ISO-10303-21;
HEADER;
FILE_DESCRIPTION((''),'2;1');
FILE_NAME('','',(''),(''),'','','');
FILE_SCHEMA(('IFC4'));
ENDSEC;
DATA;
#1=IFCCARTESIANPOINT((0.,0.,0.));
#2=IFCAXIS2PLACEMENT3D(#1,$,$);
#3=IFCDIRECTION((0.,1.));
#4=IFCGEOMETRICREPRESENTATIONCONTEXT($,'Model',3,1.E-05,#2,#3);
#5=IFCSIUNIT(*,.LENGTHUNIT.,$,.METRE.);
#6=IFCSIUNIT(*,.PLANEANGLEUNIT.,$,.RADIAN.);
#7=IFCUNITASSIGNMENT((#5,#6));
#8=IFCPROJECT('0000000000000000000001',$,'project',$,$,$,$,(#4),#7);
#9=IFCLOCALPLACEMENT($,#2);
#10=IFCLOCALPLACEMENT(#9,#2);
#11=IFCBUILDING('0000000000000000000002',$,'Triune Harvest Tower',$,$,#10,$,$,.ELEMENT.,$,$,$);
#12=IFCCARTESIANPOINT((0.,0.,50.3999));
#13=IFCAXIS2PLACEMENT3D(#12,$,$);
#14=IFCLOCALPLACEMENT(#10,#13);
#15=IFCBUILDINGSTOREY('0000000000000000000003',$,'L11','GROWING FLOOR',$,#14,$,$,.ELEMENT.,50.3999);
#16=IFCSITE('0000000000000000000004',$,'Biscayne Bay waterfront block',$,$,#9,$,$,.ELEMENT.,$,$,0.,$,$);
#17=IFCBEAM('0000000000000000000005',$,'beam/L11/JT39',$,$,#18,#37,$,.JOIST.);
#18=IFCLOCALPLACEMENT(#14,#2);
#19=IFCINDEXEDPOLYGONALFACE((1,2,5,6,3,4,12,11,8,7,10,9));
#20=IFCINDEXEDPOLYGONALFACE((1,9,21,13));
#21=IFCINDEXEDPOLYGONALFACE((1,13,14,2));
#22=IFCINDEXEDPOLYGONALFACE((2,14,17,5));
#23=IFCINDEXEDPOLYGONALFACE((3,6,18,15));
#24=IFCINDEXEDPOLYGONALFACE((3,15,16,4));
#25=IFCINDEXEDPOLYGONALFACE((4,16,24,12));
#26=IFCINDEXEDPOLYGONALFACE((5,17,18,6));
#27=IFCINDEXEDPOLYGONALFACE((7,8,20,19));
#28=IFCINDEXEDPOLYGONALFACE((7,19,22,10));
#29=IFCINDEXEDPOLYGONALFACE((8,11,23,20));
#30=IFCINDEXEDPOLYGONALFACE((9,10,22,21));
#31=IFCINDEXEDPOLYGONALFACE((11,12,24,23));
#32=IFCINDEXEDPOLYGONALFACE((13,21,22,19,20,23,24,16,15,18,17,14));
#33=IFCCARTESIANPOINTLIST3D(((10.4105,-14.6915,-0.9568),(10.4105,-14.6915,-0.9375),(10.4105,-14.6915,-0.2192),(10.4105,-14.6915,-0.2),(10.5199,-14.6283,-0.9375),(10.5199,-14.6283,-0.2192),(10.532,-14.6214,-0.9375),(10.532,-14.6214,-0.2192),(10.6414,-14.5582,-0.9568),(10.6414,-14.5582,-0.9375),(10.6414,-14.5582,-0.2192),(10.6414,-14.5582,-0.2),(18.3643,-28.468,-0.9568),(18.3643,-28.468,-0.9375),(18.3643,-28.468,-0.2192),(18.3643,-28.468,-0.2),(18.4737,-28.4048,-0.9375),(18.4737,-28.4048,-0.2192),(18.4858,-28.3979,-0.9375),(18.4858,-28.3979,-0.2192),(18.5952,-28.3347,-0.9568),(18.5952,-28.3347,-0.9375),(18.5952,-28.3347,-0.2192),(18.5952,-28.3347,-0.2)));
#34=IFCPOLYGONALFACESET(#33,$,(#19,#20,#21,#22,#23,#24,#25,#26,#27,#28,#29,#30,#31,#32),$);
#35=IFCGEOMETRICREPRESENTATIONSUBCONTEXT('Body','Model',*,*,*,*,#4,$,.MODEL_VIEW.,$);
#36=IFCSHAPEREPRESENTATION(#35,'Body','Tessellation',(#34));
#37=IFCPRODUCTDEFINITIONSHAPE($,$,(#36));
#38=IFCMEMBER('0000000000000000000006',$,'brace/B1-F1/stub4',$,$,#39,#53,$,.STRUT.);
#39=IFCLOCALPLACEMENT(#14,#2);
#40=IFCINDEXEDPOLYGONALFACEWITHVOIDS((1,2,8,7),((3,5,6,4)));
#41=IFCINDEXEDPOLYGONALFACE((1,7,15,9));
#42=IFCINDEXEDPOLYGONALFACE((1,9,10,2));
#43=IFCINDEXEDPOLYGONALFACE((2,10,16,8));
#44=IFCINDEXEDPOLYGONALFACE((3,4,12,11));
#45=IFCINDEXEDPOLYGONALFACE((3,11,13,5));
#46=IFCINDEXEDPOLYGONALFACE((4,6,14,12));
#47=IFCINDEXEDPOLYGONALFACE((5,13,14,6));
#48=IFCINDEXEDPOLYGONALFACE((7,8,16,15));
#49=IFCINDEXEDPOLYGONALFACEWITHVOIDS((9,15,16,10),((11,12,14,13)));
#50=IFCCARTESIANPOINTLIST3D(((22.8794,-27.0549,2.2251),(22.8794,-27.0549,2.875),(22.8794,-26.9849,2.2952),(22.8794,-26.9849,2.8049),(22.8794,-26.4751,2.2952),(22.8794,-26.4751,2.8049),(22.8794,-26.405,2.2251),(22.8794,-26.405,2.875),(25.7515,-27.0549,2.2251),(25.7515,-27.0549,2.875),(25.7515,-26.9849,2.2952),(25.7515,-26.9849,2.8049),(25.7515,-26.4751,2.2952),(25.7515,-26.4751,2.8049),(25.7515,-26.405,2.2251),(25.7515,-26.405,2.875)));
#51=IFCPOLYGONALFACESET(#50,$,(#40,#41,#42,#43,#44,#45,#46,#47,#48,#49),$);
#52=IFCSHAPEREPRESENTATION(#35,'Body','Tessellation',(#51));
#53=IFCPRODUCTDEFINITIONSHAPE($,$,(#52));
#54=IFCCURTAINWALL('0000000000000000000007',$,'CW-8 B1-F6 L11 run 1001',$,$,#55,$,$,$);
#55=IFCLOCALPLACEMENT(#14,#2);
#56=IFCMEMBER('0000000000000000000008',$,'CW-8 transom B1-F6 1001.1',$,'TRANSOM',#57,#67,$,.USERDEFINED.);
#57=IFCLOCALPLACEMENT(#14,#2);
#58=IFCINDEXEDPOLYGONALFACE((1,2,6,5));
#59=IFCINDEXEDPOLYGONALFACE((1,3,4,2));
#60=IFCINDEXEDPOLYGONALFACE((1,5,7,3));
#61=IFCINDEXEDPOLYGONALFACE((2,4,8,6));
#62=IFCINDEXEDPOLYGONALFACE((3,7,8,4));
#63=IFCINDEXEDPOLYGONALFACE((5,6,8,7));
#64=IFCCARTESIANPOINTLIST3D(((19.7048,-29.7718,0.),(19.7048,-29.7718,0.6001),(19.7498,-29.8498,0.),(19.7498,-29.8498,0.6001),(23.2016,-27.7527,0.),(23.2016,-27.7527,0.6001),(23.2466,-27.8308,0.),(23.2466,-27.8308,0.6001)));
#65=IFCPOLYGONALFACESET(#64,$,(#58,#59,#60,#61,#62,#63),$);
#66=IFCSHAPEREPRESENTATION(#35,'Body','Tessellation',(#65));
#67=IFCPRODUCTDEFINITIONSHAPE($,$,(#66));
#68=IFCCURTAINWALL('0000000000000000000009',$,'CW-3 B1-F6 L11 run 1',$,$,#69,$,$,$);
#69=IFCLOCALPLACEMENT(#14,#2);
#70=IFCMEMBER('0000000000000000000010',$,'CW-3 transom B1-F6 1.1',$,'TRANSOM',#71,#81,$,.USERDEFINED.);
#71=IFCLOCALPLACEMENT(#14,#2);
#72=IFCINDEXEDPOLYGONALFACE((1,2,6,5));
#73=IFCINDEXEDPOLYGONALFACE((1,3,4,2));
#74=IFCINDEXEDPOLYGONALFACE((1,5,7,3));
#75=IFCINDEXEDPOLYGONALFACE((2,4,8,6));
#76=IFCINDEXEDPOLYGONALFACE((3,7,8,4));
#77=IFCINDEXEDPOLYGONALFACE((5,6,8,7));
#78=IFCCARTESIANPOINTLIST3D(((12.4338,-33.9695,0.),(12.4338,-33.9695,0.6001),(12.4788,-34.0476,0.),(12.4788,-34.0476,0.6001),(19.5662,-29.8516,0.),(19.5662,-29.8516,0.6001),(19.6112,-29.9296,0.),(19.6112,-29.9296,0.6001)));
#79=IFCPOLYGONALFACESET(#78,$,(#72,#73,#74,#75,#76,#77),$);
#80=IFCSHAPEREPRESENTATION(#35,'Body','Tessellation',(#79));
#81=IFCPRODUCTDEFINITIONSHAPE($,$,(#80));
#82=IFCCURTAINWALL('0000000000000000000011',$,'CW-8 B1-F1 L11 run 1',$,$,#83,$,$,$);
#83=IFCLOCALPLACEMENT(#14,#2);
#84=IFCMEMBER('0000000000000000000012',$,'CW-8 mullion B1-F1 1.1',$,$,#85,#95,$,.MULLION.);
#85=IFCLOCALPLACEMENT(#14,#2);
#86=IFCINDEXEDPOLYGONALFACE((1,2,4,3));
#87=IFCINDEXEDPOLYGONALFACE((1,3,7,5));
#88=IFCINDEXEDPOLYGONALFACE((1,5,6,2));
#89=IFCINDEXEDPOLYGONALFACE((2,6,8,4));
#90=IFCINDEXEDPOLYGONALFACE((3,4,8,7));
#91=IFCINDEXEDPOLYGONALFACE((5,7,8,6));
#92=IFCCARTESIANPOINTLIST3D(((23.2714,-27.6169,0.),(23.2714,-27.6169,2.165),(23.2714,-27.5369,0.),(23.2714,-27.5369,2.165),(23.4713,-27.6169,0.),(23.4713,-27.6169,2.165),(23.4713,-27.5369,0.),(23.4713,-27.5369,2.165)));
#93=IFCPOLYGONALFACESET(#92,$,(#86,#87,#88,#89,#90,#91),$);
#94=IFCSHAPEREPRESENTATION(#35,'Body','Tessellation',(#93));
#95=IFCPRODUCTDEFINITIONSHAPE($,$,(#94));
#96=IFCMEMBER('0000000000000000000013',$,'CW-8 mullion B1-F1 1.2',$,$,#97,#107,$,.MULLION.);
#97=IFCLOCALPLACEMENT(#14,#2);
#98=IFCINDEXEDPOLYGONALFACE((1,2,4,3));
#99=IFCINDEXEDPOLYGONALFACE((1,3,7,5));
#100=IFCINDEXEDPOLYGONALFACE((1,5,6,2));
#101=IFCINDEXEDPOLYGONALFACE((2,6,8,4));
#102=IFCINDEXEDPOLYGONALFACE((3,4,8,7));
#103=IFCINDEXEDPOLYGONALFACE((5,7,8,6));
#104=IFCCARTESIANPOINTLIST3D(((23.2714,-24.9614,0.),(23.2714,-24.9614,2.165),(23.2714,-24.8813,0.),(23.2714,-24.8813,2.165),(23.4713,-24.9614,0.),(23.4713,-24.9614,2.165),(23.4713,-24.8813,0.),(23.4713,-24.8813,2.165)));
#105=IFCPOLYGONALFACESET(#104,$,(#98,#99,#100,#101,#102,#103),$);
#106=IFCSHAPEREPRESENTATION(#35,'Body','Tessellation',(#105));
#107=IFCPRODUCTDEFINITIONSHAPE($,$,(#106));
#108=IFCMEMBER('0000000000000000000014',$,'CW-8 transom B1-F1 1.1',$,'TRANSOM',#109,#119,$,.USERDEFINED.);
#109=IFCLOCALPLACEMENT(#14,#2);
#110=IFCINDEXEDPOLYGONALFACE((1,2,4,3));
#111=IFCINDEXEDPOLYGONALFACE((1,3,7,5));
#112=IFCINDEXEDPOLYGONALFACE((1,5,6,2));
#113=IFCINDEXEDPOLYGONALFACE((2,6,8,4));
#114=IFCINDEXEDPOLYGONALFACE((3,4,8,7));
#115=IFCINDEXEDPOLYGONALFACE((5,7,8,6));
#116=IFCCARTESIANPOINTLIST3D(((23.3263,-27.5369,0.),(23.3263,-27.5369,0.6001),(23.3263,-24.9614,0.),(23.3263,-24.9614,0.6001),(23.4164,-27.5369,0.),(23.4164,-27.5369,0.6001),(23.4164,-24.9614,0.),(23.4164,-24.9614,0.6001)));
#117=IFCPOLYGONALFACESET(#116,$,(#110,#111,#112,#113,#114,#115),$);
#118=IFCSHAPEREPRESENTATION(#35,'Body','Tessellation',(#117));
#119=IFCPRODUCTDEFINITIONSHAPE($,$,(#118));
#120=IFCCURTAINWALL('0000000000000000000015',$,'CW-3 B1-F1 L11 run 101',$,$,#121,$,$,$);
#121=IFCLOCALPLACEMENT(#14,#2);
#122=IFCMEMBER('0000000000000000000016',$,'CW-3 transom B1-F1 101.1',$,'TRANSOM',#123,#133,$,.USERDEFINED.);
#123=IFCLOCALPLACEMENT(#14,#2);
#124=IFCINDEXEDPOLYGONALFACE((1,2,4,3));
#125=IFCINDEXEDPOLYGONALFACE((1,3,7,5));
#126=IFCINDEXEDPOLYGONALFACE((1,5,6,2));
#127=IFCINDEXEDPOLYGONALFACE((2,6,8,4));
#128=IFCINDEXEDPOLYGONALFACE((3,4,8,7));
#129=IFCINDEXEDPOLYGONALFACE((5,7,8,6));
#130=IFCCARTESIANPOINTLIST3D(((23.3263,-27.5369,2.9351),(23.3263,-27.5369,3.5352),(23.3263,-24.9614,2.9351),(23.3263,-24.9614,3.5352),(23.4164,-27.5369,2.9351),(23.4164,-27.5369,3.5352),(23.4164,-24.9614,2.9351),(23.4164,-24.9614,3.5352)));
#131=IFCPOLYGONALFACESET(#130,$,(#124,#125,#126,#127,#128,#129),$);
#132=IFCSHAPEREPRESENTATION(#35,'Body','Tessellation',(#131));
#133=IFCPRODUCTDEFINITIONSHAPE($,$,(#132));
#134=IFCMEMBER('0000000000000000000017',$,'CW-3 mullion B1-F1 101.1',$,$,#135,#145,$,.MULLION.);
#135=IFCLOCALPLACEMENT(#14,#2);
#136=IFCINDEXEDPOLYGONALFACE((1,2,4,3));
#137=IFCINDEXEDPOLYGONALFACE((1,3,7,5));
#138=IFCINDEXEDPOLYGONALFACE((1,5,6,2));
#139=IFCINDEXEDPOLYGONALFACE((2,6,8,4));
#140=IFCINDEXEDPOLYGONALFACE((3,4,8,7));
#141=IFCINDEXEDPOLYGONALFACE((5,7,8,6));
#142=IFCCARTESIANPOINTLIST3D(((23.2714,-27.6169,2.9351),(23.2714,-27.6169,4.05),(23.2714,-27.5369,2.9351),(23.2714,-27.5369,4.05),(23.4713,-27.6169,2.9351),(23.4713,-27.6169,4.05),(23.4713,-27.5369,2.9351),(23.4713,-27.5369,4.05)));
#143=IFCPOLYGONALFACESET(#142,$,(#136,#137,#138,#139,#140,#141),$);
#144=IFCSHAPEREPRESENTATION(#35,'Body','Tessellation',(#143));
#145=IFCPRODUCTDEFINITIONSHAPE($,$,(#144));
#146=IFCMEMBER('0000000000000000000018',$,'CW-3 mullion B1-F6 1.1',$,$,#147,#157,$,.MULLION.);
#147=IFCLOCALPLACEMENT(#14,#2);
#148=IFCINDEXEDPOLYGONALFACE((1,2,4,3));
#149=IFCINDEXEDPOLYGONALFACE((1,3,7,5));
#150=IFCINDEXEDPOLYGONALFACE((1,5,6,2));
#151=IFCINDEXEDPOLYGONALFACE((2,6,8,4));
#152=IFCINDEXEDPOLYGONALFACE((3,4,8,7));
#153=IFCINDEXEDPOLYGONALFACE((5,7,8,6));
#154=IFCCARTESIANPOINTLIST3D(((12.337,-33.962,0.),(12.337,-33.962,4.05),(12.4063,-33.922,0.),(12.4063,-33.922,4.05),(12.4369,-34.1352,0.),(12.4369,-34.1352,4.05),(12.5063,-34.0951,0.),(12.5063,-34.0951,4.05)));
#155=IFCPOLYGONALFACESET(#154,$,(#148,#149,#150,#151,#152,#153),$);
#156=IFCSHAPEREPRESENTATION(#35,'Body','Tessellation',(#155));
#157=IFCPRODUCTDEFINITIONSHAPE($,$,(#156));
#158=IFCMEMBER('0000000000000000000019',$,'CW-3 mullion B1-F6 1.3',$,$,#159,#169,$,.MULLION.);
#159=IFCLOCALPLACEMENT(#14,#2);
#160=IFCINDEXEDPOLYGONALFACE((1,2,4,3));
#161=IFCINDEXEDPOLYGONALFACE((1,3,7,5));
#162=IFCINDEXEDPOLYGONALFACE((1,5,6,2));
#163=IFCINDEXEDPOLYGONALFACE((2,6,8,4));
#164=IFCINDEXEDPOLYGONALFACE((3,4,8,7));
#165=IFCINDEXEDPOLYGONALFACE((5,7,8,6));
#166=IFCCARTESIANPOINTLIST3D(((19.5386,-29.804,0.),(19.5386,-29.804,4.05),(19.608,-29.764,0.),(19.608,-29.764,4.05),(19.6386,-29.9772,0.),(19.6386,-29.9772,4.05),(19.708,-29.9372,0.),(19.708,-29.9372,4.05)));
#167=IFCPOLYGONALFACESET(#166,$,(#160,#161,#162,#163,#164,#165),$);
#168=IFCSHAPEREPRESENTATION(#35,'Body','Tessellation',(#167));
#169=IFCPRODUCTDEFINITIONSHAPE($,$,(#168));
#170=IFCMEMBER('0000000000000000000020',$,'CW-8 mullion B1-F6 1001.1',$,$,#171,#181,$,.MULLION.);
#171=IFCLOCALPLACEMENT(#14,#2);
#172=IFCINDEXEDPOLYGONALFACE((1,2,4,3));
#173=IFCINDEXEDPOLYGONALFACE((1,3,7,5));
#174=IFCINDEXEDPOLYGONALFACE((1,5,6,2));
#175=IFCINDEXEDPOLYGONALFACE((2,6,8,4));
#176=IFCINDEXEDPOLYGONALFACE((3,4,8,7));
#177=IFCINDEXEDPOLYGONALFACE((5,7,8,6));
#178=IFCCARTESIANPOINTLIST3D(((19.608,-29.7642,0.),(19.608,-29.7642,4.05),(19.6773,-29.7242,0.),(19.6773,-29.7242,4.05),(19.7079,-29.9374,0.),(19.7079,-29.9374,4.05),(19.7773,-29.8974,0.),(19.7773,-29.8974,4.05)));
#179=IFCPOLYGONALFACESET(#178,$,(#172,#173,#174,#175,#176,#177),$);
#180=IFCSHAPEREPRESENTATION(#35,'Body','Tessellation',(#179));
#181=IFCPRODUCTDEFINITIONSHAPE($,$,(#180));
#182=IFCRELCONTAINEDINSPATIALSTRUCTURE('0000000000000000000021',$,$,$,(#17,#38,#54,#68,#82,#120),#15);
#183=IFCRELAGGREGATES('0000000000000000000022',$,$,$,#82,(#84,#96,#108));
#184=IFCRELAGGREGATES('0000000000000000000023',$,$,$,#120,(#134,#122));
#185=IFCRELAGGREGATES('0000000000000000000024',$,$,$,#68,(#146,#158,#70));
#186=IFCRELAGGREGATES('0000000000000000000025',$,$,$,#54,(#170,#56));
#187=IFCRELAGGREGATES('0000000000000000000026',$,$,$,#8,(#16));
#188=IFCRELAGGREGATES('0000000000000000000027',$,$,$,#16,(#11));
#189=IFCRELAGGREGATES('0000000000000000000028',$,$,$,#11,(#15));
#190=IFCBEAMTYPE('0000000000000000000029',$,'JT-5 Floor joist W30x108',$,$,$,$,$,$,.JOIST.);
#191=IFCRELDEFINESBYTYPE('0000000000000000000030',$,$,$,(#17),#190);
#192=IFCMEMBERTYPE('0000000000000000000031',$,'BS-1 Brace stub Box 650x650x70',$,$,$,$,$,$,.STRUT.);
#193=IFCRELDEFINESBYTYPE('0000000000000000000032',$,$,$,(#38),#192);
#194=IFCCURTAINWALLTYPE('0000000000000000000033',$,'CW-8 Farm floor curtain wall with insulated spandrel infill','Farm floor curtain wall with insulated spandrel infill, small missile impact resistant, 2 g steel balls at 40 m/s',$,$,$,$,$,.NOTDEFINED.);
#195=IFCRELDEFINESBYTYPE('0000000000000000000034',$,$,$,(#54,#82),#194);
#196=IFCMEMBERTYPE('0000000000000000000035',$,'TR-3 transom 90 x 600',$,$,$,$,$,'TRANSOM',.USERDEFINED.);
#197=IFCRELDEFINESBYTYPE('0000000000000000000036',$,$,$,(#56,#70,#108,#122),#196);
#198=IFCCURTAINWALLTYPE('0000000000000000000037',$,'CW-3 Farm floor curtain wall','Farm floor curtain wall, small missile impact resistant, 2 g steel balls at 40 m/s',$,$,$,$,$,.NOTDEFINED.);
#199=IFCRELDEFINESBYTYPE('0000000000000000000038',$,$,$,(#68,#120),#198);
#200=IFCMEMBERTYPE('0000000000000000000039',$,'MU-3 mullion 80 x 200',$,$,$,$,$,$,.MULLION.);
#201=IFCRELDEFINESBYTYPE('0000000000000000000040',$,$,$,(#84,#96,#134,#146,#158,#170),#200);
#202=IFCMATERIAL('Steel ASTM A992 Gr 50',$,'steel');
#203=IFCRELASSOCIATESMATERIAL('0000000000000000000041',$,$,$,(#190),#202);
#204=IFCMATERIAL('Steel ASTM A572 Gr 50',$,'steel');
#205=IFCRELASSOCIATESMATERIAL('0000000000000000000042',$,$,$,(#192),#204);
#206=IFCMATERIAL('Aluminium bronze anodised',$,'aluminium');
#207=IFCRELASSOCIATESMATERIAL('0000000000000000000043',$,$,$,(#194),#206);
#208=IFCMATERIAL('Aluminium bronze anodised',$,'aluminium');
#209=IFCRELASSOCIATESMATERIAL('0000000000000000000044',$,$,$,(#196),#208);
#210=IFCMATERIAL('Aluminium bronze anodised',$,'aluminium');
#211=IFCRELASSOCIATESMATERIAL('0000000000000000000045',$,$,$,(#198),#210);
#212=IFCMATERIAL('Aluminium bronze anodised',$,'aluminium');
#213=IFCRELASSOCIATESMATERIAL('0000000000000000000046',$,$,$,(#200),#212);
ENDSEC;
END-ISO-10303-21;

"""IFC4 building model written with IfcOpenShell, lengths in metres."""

from ifc_helpers import new_model, si_unit, direction, frame, origin, origin_2d, place, context, subcontext, project, spatial, rectangle, hollow_rectangle, i_section, extrude, source, transform, mapped, material, material_profile, profile_set, type_object, element, aggregate, save


model = new_model("IFC4")

# Units and contexts
model_context = context("Model", 3, precision=1e-05, world=origin(), true_north=direction((0.0, 1.0)))
body_context = subcontext(model_context, "Body", "Model", "MODEL_VIEW")
ifc_project = project(units=[si_unit("LENGTHUNIT", "METRE"), si_unit("PLANEANGLEUNIT", "RADIAN")], contexts=[model_context])

# Site, building, storey
site_placement = place(None, origin())
site = spatial("IfcSite", under=ifc_project, at=site_placement, Name="Biscayne Bay waterfront block", CompositionType="ELEMENT", RefElevation=0.0)
building_placement = place(site_placement, origin())
building = spatial("IfcBuilding", under=site, at=building_placement, Name="Triune Harvest Tower", CompositionType="ELEMENT")
storey_placement = place(building_placement, frame((0.0, 0.0, 50.3999)))
storey = spatial("IfcBuildingStorey", under=building, at=storey_placement, Name="L11", Description="GROWING FLOOR", CompositionType="ELEMENT", Elevation=50.3999)

# Beam
ifc_material_1 = material(Name="Steel ASTM A992 Gr 50", Category="steel")
ifc_material_profile_1 = material_profile(ifc_material_1, i_section(OverallWidth=0.2666, OverallDepth=0.7568, WebThickness=0.0139, FlangeThickness=0.0193, at=origin_2d()), Name="W30x108")
ifc_profile_set_1 = profile_set([ifc_material_profile_1], Name="Steel ASTM A992 Gr 50")
beam_type_1 = type_object("IfcBeamType", Name="JT-5 Floor joist W30x108", PredefinedType="JOIST", material=ifc_profile_set_1)
shared_shape_1 = source(origin(), body_context, "Body", "SweptSolid", [
    extrude(i_section(OverallWidth=0.2666, OverallDepth=0.7568, WebThickness=0.0139, FlangeThickness=0.0193, at=origin_2d()), origin(), (0.0, 0.0, 1.0), 15.9077),
])
beam_1_placement = place(storey_placement, frame((18.4797, -28.4014, -0.5784), z_axis=(-0.499997, 0.866027, 0.0), x_axis=(-0.866027, -0.499997, 0.0)))
element("IfcBeam", 1, at=beam_1_placement, inside=storey, type_object=beam_type_1, Name="beam/L11/JT39", PredefinedType="JOIST", context=body_context, shape_type="MappedRepresentation", body=[
    mapped(shared_shape_1, transform((0.0, 0.0, 0.0), scale=1.0)),
])

# Member
ifc_material_2 = material(Name="Steel ASTM A572 Gr 50", Category="steel")
ifc_material_profile_2 = material_profile(ifc_material_2, hollow_rectangle(XDim=0.6499, YDim=0.6499, WallThickness=0.0701, at=origin_2d()), Name="Box 650x650x70")
ifc_profile_set_2 = profile_set([ifc_material_profile_2], Name="Steel ASTM A572 Gr 50")
member_type_1 = type_object("IfcMemberType", Name="BS-1 Brace stub Box 650x650x70", PredefinedType="STRUT", material=ifc_profile_set_2)
shared_shape_2 = source(origin(), body_context, "Body", "SweptSolid", [
    extrude(hollow_rectangle(XDim=0.6499, YDim=0.6499, WallThickness=0.0701, at=origin_2d()), origin(), (0.0, 0.0, 1.0), 2.8721),
])
member_1_placement = place(storey_placement, frame((22.8794, -26.73, 2.55), z_axis=(1.0, 0.0, 0.0), x_axis=(0.0, 1.0, 0.0)))
element("IfcMember", 2, at=member_1_placement, inside=storey, type_object=member_type_1, Name="brace/B1-F1/stub4", PredefinedType="STRUT", context=body_context, shape_type="MappedRepresentation", body=[
    mapped(shared_shape_2, transform((0.0, 0.0, 0.0), scale=1.0)),
])

# Curtain walls, members
ifc_material_3 = material(Name="Aluminium bronze anodised", Category="aluminium")
curtain_wall_type_1 = type_object("IfcCurtainWallType", Name="CW-8 Farm floor curtain wall with insulated spandrel infill", Description="Farm floor curtain wall with insulated spandrel infill, small missile impact resistant, 2 g steel balls at 40 m/s", PredefinedType="NOTDEFINED", material=ifc_material_3)
curtain_wall_1_placement = place(storey_placement, origin())
curtain_wall_1 = element("IfcCurtainWall", 3, at=curtain_wall_1_placement, inside=storey, type_object=curtain_wall_type_1, Name="CW-8 B1-F6 L11 run 1001")
ifc_material_4 = material(Name="Aluminium bronze anodised", Category="aluminium")
ifc_material_profile_3 = material_profile(ifc_material_4, rectangle(XDim=0.0901, YDim=0.6001, at=origin_2d()), Name="TR-3 transom 90 x 600")
ifc_profile_set_3 = profile_set([ifc_material_profile_3], Name="Aluminium bronze anodised")
member_type_2 = type_object("IfcMemberType", Name="TR-3 transom 90 x 600", ElementType="TRANSOM", PredefinedType="USERDEFINED", material=ifc_profile_set_3)
shared_shape_3 = source(origin(), body_context, "Body", "SweptSolid", [
    extrude(rectangle(XDim=0.0901, YDim=0.6001, at=origin_2d()), origin(), (0.0, 0.0, 1.0), 4.0378),
])
member_2_placement = place(storey_placement, frame((19.7273, -29.8108, 0.3), z_axis=(0.866009, 0.500028, 0.0), x_axis=(-0.500028, 0.866009, 0.0)))
member_2 = element("IfcMember", 4, at=member_2_placement, type_object=member_type_2, Name="CW-8 transom B1-F6 1001.1", ObjectType="TRANSOM", PredefinedType="USERDEFINED", context=body_context, shape_type="MappedRepresentation", body=[
    mapped(shared_shape_3, transform((0.0, 0.0, 0.0), scale=1.0)),
])
ifc_material_5 = material(Name="Aluminium bronze anodised", Category="aluminium")
curtain_wall_type_2 = type_object("IfcCurtainWallType", Name="CW-3 Farm floor curtain wall", Description="Farm floor curtain wall, small missile impact resistant, 2 g steel balls at 40 m/s", PredefinedType="NOTDEFINED", material=ifc_material_5)
curtain_wall_2_placement = place(storey_placement, origin())
curtain_wall_2 = element("IfcCurtainWall", 5, at=curtain_wall_2_placement, inside=storey, type_object=curtain_wall_type_2, Name="CW-3 B1-F6 L11 run 1")
shared_shape_4 = source(origin(), body_context, "Body", "SweptSolid", [
    extrude(rectangle(XDim=0.0901, YDim=0.6001, at=origin_2d()), origin(), (0.0, 0.0, 1.0), 8.2358),
])
member_3_placement = place(storey_placement, frame((12.4563, -34.0085, 0.3), z_axis=(0.866022, 0.500006, 0.0), x_axis=(-0.500006, 0.866022, 0.0)))
member_3 = element("IfcMember", 6, at=member_3_placement, type_object=member_type_2, Name="CW-3 transom B1-F6 1.1", ObjectType="TRANSOM", PredefinedType="USERDEFINED", context=body_context, shape_type="MappedRepresentation", body=[
    mapped(shared_shape_4, transform((0.0, 0.0, 0.0), scale=1.0)),
])

# Curtain walls, members
curtain_wall_3_placement = place(storey_placement, origin())
curtain_wall_3 = element("IfcCurtainWall", 7, at=curtain_wall_3_placement, inside=storey, type_object=curtain_wall_type_1, Name="CW-8 B1-F1 L11 run 1")
ifc_material_6 = material(Name="Aluminium bronze anodised", Category="aluminium")
ifc_material_profile_4 = material_profile(ifc_material_6, rectangle(XDim=0.2, YDim=0.0801, at=origin_2d()), Name="MU-3 mullion 80 x 200")
ifc_profile_set_4 = profile_set([ifc_material_profile_4], Name="Aluminium bronze anodised")
member_type_3 = type_object("IfcMemberType", Name="MU-3 mullion 80 x 200", PredefinedType="MULLION", material=ifc_profile_set_4)
shared_shape_5 = source(origin(), body_context, "Body", "SweptSolid", [
    extrude(rectangle(XDim=0.2, YDim=0.0801, at=origin_2d()), origin(), (0.0, 0.0, 1.0), 2.165),
])
member_4_placement = place(storey_placement, frame((23.3713, -27.5769, 0.0), z_axis=(0.0, 0.0, 1.0), x_axis=(-1.0, 0.0, 0.0)))
member_4 = element("IfcMember", 8, at=member_4_placement, type_object=member_type_3, Name="CW-8 mullion B1-F1 1.1", PredefinedType="MULLION", context=body_context, shape_type="MappedRepresentation", body=[
    mapped(shared_shape_5, transform((0.0, 0.0, 0.0), scale=1.0)),
])
member_5_placement = place(storey_placement, frame((23.3713, -24.9214, 0.0), z_axis=(0.0, 0.0, 1.0), x_axis=(-1.0, 0.0, 0.0)))
member_5 = element("IfcMember", 9, at=member_5_placement, type_object=member_type_3, Name="CW-8 mullion B1-F1 1.2", PredefinedType="MULLION", context=body_context, shape_type="MappedRepresentation", body=[
    mapped(shared_shape_5, transform((0.0, 0.0, 0.0), scale=1.0)),
])
shared_shape_6 = source(origin(), body_context, "Body", "SweptSolid", [
    extrude(rectangle(XDim=0.0901, YDim=0.6001, at=origin_2d()), origin(), (0.0, 0.0, 1.0), 2.5754),
])
member_6_placement = place(storey_placement, frame((23.3713, -27.5369, 0.3), z_axis=(0.0, 1.0, 0.0), x_axis=(-1.0, 0.0, 0.0)))
member_6 = element("IfcMember", 10, at=member_6_placement, type_object=member_type_2, Name="CW-8 transom B1-F1 1.1", ObjectType="TRANSOM", PredefinedType="USERDEFINED", context=body_context, shape_type="MappedRepresentation", body=[
    mapped(shared_shape_6, transform((0.0, 0.0, 0.0), scale=1.0)),
])
curtain_wall_4_placement = place(storey_placement, origin())
curtain_wall_4 = element("IfcCurtainWall", 11, at=curtain_wall_4_placement, inside=storey, type_object=curtain_wall_type_2, Name="CW-3 B1-F1 L11 run 101")
member_7_placement = place(storey_placement, frame((23.3713, -27.5369, 3.2351), z_axis=(0.0, 1.0, 0.0), x_axis=(-1.0, 0.0, 0.0)))
member_7 = element("IfcMember", 12, at=member_7_placement, type_object=member_type_2, Name="CW-3 transom B1-F1 101.1", ObjectType="TRANSOM", PredefinedType="USERDEFINED", context=body_context, shape_type="MappedRepresentation", body=[
    mapped(shared_shape_6, transform((0.0, 0.0, 0.0), scale=1.0)),
])
shared_shape_7 = source(origin(), body_context, "Body", "SweptSolid", [
    extrude(rectangle(XDim=0.2, YDim=0.0801, at=origin_2d()), origin(), (0.0, 0.0, 1.0), 1.115),
])
member_8_placement = place(storey_placement, frame((23.3713, -27.5769, 2.9351), z_axis=(0.0, 0.0, 1.0), x_axis=(-1.0, 0.0, 0.0)))
member_8 = element("IfcMember", 13, at=member_8_placement, type_object=member_type_3, Name="CW-3 mullion B1-F1 101.1", PredefinedType="MULLION", context=body_context, shape_type="MappedRepresentation", body=[
    mapped(shared_shape_7, transform((0.0, 0.0, 0.0), scale=1.0)),
])

# Members
shared_shape_8 = source(origin(), body_context, "Body", "SweptSolid", [
    extrude(rectangle(XDim=0.2, YDim=0.0801, at=origin_2d()), origin(), (0.0, 0.0, 1.0), 4.05),
])
member_9_placement = place(storey_placement, frame((12.4216, -34.0286, 0.0), z_axis=(0.0, 0.0, 1.0), x_axis=(-0.500001, 0.866025, 0.0)))
member_9 = element("IfcMember", 14, at=member_9_placement, type_object=member_type_3, Name="CW-3 mullion B1-F6 1.1", PredefinedType="MULLION", context=body_context, shape_type="MappedRepresentation", body=[
    mapped(shared_shape_8, transform((0.0, 0.0, 0.0), scale=1.0)),
])
member_10_placement = place(storey_placement, frame((19.6233, -29.8706, 0.0), z_axis=(0.0, 0.0, 1.0), x_axis=(-0.500001, 0.866025, 0.0)))
member_10 = element("IfcMember", 15, at=member_10_placement, type_object=member_type_3, Name="CW-3 mullion B1-F6 1.3", PredefinedType="MULLION", context=body_context, shape_type="MappedRepresentation", body=[
    mapped(shared_shape_8, transform((0.0, 0.0, 0.0), scale=1.0)),
])
member_11_placement = place(storey_placement, frame((19.6926, -29.8308, 0.0), z_axis=(0.0, 0.0, 1.0), x_axis=(-0.499994, 0.866029, 0.0)))
member_11 = element("IfcMember", 16, at=member_11_placement, type_object=member_type_3, Name="CW-8 mullion B1-F6 1001.1", PredefinedType="MULLION", context=body_context, shape_type="MappedRepresentation", body=[
    mapped(shared_shape_8, transform((0.0, 0.0, 0.0), scale=1.0)),
])

aggregate(curtain_wall_3, [member_4, member_5, member_6])
aggregate(curtain_wall_4, [member_8, member_7])
aggregate(curtain_wall_2, [member_9, member_10, member_3])
aggregate(curtain_wall_1, [member_11, member_2])

save(model, "model.ifc")
